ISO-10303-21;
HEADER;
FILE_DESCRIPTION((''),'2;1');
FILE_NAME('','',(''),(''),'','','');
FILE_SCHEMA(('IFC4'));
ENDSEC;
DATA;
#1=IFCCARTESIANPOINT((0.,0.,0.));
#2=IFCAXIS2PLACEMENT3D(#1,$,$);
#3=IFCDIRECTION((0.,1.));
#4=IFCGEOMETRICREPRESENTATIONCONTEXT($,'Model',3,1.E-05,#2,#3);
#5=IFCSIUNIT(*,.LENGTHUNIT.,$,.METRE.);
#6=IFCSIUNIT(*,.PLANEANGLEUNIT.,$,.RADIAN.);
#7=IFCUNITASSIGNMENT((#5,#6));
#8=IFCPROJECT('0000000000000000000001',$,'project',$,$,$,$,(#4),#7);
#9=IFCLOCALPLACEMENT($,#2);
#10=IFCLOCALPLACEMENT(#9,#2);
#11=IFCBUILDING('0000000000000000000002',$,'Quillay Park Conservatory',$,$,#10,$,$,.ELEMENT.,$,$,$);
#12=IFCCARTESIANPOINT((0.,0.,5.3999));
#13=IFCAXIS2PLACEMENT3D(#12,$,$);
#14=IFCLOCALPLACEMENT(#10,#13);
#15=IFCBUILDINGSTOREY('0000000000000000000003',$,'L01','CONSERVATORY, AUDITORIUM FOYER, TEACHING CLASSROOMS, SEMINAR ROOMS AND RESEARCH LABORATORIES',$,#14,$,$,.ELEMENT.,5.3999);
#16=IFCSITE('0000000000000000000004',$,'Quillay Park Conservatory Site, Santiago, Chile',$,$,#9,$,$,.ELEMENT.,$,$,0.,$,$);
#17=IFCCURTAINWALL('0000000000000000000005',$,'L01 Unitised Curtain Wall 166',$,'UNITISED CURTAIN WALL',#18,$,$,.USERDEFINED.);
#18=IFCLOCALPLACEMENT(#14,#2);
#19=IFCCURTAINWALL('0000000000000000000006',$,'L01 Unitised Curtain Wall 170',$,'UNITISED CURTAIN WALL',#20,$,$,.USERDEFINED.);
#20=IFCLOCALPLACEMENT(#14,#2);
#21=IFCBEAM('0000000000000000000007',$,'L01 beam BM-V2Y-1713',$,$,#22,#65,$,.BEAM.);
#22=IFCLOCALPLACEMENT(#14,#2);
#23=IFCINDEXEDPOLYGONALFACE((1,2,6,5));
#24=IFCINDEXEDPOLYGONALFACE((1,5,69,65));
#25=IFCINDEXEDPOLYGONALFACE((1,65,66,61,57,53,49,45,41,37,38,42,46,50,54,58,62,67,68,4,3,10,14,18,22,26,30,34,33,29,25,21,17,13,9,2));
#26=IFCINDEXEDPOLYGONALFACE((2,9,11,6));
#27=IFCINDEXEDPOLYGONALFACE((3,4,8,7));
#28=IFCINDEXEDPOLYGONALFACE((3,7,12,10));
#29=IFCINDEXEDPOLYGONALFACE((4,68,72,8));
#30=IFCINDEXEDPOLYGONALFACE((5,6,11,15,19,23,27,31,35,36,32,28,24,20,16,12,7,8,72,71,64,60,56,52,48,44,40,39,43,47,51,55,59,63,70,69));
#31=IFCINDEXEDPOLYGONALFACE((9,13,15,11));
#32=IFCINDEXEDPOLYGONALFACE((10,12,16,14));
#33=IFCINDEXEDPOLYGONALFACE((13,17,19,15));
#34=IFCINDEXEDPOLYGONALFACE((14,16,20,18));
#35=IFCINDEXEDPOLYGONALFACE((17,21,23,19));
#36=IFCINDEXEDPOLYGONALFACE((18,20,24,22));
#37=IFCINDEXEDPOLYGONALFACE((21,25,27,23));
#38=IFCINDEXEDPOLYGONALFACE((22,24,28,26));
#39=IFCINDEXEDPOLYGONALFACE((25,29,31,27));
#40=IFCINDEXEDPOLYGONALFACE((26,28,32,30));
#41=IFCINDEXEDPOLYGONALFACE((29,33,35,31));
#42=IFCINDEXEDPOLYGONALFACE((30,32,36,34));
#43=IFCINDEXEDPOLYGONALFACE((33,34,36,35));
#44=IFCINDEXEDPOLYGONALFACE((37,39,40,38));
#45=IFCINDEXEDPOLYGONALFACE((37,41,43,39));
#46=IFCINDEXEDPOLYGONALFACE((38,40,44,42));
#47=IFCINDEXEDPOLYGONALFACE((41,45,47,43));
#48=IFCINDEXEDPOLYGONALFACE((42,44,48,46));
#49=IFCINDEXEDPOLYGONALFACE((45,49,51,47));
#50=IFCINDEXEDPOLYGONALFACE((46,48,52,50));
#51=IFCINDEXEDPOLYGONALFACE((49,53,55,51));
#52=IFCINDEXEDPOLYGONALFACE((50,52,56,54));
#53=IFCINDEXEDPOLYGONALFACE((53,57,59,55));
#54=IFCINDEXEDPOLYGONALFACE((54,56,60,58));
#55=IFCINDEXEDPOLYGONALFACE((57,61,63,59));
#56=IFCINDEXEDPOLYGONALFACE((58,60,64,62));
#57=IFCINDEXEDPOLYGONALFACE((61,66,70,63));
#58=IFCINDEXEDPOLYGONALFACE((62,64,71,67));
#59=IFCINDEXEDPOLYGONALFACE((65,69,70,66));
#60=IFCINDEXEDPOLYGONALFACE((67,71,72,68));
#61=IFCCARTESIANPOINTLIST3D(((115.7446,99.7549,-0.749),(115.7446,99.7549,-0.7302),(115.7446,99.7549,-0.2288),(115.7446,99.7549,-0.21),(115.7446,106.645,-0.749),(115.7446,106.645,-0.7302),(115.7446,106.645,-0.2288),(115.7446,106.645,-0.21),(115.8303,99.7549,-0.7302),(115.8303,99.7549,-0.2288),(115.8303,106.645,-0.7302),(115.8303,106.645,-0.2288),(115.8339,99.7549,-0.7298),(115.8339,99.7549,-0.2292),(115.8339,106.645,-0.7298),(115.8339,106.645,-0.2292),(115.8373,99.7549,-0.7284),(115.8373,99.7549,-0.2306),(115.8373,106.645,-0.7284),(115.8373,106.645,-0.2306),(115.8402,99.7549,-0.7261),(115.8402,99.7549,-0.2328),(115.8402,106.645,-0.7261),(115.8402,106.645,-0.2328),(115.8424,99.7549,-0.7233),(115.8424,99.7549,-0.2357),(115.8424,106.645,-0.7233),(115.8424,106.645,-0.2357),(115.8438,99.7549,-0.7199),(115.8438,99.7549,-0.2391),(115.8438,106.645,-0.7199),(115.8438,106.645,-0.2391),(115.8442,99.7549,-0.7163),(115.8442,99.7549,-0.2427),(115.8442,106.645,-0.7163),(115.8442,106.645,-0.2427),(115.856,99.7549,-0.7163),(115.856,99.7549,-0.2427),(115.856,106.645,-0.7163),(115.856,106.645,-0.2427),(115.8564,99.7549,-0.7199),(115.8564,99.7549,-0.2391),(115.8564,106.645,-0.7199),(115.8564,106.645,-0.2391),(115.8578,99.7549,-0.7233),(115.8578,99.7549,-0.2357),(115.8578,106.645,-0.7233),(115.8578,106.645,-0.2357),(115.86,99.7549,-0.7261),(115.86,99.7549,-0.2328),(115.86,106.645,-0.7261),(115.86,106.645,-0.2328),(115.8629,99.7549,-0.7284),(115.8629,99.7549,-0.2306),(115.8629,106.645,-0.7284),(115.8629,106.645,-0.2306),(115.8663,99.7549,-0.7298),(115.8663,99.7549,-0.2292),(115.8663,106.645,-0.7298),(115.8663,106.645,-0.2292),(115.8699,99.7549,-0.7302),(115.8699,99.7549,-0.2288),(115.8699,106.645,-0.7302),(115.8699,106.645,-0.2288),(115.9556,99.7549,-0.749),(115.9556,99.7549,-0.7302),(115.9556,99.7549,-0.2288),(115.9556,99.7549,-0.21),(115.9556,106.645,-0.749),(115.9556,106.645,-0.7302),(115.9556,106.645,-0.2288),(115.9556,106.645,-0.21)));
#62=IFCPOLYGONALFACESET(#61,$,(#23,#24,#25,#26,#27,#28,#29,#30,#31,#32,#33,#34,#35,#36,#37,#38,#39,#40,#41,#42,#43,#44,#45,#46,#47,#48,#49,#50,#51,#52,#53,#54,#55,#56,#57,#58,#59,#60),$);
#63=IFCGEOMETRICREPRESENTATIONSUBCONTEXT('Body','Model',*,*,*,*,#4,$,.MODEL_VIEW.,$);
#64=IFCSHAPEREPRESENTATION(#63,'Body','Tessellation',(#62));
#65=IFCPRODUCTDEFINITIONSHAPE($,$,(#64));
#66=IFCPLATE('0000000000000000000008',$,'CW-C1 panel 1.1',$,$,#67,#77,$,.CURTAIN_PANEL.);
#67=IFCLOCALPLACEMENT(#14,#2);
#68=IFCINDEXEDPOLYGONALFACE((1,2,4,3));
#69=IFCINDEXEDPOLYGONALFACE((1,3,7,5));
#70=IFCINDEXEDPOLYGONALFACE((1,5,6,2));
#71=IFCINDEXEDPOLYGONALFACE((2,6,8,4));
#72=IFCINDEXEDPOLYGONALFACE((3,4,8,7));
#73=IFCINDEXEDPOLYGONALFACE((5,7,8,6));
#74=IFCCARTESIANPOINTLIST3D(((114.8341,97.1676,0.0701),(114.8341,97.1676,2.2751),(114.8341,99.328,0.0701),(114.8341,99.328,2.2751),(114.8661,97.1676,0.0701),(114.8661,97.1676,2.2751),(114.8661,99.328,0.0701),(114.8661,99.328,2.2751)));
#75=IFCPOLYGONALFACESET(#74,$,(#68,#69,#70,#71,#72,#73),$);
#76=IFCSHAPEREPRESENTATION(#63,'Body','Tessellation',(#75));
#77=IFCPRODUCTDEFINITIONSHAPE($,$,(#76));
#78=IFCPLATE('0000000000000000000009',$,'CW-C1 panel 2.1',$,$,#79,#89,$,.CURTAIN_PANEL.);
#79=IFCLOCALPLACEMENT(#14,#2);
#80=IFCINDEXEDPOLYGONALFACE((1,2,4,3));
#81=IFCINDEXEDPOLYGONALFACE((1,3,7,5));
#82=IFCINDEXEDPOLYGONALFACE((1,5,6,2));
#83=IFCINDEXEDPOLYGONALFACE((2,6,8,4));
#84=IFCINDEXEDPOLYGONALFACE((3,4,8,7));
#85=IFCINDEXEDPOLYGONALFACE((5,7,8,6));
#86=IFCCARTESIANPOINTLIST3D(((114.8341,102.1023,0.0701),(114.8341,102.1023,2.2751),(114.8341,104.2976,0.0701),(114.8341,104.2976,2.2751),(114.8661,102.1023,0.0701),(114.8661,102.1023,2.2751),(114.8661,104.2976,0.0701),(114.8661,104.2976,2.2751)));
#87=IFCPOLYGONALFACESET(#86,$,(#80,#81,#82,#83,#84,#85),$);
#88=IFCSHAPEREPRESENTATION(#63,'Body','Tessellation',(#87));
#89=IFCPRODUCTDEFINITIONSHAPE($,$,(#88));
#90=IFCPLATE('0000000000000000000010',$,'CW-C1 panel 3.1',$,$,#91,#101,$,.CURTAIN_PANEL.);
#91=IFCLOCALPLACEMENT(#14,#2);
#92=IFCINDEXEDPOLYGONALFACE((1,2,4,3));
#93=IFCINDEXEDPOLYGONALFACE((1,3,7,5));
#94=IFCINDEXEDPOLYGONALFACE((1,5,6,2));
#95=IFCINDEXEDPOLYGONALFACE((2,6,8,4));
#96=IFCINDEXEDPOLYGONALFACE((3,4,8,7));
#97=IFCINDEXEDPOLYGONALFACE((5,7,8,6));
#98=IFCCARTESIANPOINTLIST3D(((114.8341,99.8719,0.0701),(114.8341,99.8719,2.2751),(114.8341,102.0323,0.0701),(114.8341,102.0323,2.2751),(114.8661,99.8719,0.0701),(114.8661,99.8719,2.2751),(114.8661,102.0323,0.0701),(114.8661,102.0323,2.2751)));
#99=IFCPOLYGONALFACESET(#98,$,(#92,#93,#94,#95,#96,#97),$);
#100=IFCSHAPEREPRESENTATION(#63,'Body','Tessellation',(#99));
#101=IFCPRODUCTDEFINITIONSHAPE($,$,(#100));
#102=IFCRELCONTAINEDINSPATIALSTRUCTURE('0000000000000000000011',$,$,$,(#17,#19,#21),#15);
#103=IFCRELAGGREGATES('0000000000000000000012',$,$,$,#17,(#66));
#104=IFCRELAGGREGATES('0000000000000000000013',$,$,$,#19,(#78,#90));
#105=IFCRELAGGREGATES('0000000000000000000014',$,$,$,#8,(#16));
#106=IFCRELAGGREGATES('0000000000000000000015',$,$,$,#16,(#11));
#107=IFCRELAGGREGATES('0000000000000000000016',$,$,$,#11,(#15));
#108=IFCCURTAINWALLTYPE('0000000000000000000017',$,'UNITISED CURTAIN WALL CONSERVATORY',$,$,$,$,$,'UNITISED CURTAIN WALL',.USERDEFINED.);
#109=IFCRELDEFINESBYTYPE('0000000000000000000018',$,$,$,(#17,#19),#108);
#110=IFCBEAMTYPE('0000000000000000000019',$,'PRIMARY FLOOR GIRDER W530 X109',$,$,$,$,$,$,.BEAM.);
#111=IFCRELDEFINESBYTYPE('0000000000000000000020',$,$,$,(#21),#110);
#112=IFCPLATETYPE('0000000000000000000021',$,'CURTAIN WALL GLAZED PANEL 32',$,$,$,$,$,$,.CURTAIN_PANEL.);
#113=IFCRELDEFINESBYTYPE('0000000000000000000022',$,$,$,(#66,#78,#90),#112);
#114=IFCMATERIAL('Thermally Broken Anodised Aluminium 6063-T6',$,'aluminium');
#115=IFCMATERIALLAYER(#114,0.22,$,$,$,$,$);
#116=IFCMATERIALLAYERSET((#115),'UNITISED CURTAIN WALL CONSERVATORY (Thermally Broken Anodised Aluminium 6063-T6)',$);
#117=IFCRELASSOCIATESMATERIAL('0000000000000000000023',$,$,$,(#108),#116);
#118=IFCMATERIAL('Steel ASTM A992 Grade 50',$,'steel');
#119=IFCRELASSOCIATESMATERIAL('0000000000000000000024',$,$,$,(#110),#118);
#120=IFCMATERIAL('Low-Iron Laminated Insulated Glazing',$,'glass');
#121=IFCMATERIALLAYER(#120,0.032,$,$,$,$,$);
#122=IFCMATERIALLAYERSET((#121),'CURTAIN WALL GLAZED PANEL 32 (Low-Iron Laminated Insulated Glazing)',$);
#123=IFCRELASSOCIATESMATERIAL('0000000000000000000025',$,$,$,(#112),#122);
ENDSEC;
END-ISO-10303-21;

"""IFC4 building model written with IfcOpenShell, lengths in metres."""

from ifc_helpers import new_model, si_unit, direction, frame, origin, origin_2d, place, context, subcontext, project, spatial, rectangle, i_section, extrude, material, layer, layer_set, material_profile, profile_set, type_object, element, aggregate, save


model = new_model("IFC4")

# Units and contexts
model_context = context("Model", 3, precision=1e-05, world=origin(), true_north=direction((0.0, 1.0)))
body_context = subcontext(model_context, "Body", "Model", "MODEL_VIEW")
ifc_project = project(units=[si_unit("LENGTHUNIT", "METRE"), si_unit("PLANEANGLEUNIT", "RADIAN")], contexts=[model_context])

# Site, building, storey
site_placement = place(None, origin())
site = spatial("IfcSite", under=ifc_project, at=site_placement, Name="Quillay Park Conservatory Site, Santiago, Chile", CompositionType="ELEMENT", RefElevation=0.0)
building_placement = place(site_placement, origin())
building = spatial("IfcBuilding", under=site, at=building_placement, Name="Quillay Park Conservatory", CompositionType="ELEMENT")
storey_placement = place(building_placement, frame((0.0, 0.0, 5.3999)))
storey = spatial("IfcBuildingStorey", under=building, at=storey_placement, Name="L01", Description="CONSERVATORY, AUDITORIUM FOYER, TEACHING CLASSROOMS, SEMINAR ROOMS AND RESEARCH LABORATORIES", CompositionType="ELEMENT", Elevation=5.3999)

# Curtain walls
ifc_material_1 = material(Name="Thermally Broken Anodised Aluminium 6063-T6", Category="aluminium")
ifc_layer_1 = layer(ifc_material_1, 0.22)
ifc_layer_set_1 = layer_set([ifc_layer_1], Name="UNITISED CURTAIN WALL CONSERVATORY (Thermally Broken Anodised Aluminium 6063-T6)")
curtain_wall_type_1 = type_object("IfcCurtainWallType", Name="UNITISED CURTAIN WALL CONSERVATORY", ElementType="UNITISED CURTAIN WALL", PredefinedType="USERDEFINED", material=ifc_layer_set_1)
curtain_wall_1_placement = place(storey_placement, origin())
curtain_wall_1 = element("IfcCurtainWall", 1, at=curtain_wall_1_placement, inside=storey, type_object=curtain_wall_type_1, Name="L01 Unitised Curtain Wall 166", ObjectType="UNITISED CURTAIN WALL", PredefinedType="USERDEFINED")
curtain_wall_2_placement = place(storey_placement, origin())
curtain_wall_2 = element("IfcCurtainWall", 2, at=curtain_wall_2_placement, inside=storey, type_object=curtain_wall_type_1, Name="L01 Unitised Curtain Wall 170", ObjectType="UNITISED CURTAIN WALL", PredefinedType="USERDEFINED")

# Beam
ifc_material_2 = material(Name="Steel ASTM A992 Grade 50", Category="steel")
ifc_material_profile_1 = material_profile(ifc_material_2, i_section(OverallWidth=0.2109, OverallDepth=0.5391, WebThickness=0.0117, FlangeThickness=0.0188, FilletRadius=0.0139, at=origin_2d()), Name="W530x109")
ifc_profile_set_1 = profile_set([ifc_material_profile_1], Name="Steel ASTM A992 Grade 50")
beam_type = type_object("IfcBeamType", Name="PRIMARY FLOOR GIRDER W530 X109", PredefinedType="BEAM", material=ifc_profile_set_1)
beam_placement = place(storey_placement, frame((115.8501, 99.7549, -0.4795), z_axis=(0.0, 1.0, 0.0), x_axis=(-1.0, 0.0, 0.0)))
element("IfcBeam", 3, at=beam_placement, inside=storey, type_object=beam_type, Name="L01 beam BM-V2Y-1713", PredefinedType="BEAM", context=body_context, shape_type="SweptSolid", body=[
    extrude(i_section(OverallWidth=0.2109, OverallDepth=0.5391, WebThickness=0.0117, FlangeThickness=0.0188, FilletRadius=0.0139, at=origin_2d()), origin(), (0.0, 0.0, 1.0), 6.8901),
])

# Plates
ifc_material_3 = material(Name="Low-Iron Laminated Insulated Glazing", Category="glass")
ifc_layer_2 = layer(ifc_material_3, 0.032)
ifc_layer_set_2 = layer_set([ifc_layer_2], Name="CURTAIN WALL GLAZED PANEL 32 (Low-Iron Laminated Insulated Glazing)")
plate_type = type_object("IfcPlateType", Name="CURTAIN WALL GLAZED PANEL 32", PredefinedType="CURTAIN_PANEL", material=ifc_layer_set_2)
plate_1_placement = place(storey_placement, frame((114.8501, 98.2478, 0.0701), z_axis=(0.0, 0.0, 1.0), x_axis=(0.0, -1.0, 0.0)))
plate_1 = element("IfcPlate", 4, at=plate_1_placement, type_object=plate_type, Name="CW-C1 panel 1.1", PredefinedType="CURTAIN_PANEL", context=body_context, shape_type="SweptSolid", body=[
    extrude(rectangle(XDim=2.1604, YDim=0.032, at=origin_2d()), origin(), (0.0, 0.0, 1.0), 2.2051),
])
aggregate(curtain_wall_1, [plate_1])
plate_2_placement = place(storey_placement, frame((114.8501, 103.2, 0.0701), z_axis=(0.0, 0.0, 1.0), x_axis=(0.0, -1.0, 0.0)))
plate_2 = element("IfcPlate", 5, at=plate_2_placement, type_object=plate_type, Name="CW-C1 panel 2.1", PredefinedType="CURTAIN_PANEL", context=body_context, shape_type="SweptSolid", body=[
    extrude(rectangle(XDim=2.1953, YDim=0.032, at=origin_2d()), origin(), (0.0, 0.0, 1.0), 2.2051),
])
plate_3_placement = place(storey_placement, frame((114.8501, 100.9521, 0.0701), z_axis=(0.0, 0.0, 1.0), x_axis=(0.0, -1.0, 0.0)))
plate_3 = element("IfcPlate", 6, at=plate_3_placement, type_object=plate_type, Name="CW-C1 panel 3.1", PredefinedType="CURTAIN_PANEL", context=body_context, shape_type="SweptSolid", body=[
    extrude(rectangle(XDim=2.1604, YDim=0.032, at=origin_2d()), origin(), (0.0, 0.0, 1.0), 2.2051),
])
aggregate(curtain_wall_2, [plate_2, plate_3])

save(model, "model.ifc")
